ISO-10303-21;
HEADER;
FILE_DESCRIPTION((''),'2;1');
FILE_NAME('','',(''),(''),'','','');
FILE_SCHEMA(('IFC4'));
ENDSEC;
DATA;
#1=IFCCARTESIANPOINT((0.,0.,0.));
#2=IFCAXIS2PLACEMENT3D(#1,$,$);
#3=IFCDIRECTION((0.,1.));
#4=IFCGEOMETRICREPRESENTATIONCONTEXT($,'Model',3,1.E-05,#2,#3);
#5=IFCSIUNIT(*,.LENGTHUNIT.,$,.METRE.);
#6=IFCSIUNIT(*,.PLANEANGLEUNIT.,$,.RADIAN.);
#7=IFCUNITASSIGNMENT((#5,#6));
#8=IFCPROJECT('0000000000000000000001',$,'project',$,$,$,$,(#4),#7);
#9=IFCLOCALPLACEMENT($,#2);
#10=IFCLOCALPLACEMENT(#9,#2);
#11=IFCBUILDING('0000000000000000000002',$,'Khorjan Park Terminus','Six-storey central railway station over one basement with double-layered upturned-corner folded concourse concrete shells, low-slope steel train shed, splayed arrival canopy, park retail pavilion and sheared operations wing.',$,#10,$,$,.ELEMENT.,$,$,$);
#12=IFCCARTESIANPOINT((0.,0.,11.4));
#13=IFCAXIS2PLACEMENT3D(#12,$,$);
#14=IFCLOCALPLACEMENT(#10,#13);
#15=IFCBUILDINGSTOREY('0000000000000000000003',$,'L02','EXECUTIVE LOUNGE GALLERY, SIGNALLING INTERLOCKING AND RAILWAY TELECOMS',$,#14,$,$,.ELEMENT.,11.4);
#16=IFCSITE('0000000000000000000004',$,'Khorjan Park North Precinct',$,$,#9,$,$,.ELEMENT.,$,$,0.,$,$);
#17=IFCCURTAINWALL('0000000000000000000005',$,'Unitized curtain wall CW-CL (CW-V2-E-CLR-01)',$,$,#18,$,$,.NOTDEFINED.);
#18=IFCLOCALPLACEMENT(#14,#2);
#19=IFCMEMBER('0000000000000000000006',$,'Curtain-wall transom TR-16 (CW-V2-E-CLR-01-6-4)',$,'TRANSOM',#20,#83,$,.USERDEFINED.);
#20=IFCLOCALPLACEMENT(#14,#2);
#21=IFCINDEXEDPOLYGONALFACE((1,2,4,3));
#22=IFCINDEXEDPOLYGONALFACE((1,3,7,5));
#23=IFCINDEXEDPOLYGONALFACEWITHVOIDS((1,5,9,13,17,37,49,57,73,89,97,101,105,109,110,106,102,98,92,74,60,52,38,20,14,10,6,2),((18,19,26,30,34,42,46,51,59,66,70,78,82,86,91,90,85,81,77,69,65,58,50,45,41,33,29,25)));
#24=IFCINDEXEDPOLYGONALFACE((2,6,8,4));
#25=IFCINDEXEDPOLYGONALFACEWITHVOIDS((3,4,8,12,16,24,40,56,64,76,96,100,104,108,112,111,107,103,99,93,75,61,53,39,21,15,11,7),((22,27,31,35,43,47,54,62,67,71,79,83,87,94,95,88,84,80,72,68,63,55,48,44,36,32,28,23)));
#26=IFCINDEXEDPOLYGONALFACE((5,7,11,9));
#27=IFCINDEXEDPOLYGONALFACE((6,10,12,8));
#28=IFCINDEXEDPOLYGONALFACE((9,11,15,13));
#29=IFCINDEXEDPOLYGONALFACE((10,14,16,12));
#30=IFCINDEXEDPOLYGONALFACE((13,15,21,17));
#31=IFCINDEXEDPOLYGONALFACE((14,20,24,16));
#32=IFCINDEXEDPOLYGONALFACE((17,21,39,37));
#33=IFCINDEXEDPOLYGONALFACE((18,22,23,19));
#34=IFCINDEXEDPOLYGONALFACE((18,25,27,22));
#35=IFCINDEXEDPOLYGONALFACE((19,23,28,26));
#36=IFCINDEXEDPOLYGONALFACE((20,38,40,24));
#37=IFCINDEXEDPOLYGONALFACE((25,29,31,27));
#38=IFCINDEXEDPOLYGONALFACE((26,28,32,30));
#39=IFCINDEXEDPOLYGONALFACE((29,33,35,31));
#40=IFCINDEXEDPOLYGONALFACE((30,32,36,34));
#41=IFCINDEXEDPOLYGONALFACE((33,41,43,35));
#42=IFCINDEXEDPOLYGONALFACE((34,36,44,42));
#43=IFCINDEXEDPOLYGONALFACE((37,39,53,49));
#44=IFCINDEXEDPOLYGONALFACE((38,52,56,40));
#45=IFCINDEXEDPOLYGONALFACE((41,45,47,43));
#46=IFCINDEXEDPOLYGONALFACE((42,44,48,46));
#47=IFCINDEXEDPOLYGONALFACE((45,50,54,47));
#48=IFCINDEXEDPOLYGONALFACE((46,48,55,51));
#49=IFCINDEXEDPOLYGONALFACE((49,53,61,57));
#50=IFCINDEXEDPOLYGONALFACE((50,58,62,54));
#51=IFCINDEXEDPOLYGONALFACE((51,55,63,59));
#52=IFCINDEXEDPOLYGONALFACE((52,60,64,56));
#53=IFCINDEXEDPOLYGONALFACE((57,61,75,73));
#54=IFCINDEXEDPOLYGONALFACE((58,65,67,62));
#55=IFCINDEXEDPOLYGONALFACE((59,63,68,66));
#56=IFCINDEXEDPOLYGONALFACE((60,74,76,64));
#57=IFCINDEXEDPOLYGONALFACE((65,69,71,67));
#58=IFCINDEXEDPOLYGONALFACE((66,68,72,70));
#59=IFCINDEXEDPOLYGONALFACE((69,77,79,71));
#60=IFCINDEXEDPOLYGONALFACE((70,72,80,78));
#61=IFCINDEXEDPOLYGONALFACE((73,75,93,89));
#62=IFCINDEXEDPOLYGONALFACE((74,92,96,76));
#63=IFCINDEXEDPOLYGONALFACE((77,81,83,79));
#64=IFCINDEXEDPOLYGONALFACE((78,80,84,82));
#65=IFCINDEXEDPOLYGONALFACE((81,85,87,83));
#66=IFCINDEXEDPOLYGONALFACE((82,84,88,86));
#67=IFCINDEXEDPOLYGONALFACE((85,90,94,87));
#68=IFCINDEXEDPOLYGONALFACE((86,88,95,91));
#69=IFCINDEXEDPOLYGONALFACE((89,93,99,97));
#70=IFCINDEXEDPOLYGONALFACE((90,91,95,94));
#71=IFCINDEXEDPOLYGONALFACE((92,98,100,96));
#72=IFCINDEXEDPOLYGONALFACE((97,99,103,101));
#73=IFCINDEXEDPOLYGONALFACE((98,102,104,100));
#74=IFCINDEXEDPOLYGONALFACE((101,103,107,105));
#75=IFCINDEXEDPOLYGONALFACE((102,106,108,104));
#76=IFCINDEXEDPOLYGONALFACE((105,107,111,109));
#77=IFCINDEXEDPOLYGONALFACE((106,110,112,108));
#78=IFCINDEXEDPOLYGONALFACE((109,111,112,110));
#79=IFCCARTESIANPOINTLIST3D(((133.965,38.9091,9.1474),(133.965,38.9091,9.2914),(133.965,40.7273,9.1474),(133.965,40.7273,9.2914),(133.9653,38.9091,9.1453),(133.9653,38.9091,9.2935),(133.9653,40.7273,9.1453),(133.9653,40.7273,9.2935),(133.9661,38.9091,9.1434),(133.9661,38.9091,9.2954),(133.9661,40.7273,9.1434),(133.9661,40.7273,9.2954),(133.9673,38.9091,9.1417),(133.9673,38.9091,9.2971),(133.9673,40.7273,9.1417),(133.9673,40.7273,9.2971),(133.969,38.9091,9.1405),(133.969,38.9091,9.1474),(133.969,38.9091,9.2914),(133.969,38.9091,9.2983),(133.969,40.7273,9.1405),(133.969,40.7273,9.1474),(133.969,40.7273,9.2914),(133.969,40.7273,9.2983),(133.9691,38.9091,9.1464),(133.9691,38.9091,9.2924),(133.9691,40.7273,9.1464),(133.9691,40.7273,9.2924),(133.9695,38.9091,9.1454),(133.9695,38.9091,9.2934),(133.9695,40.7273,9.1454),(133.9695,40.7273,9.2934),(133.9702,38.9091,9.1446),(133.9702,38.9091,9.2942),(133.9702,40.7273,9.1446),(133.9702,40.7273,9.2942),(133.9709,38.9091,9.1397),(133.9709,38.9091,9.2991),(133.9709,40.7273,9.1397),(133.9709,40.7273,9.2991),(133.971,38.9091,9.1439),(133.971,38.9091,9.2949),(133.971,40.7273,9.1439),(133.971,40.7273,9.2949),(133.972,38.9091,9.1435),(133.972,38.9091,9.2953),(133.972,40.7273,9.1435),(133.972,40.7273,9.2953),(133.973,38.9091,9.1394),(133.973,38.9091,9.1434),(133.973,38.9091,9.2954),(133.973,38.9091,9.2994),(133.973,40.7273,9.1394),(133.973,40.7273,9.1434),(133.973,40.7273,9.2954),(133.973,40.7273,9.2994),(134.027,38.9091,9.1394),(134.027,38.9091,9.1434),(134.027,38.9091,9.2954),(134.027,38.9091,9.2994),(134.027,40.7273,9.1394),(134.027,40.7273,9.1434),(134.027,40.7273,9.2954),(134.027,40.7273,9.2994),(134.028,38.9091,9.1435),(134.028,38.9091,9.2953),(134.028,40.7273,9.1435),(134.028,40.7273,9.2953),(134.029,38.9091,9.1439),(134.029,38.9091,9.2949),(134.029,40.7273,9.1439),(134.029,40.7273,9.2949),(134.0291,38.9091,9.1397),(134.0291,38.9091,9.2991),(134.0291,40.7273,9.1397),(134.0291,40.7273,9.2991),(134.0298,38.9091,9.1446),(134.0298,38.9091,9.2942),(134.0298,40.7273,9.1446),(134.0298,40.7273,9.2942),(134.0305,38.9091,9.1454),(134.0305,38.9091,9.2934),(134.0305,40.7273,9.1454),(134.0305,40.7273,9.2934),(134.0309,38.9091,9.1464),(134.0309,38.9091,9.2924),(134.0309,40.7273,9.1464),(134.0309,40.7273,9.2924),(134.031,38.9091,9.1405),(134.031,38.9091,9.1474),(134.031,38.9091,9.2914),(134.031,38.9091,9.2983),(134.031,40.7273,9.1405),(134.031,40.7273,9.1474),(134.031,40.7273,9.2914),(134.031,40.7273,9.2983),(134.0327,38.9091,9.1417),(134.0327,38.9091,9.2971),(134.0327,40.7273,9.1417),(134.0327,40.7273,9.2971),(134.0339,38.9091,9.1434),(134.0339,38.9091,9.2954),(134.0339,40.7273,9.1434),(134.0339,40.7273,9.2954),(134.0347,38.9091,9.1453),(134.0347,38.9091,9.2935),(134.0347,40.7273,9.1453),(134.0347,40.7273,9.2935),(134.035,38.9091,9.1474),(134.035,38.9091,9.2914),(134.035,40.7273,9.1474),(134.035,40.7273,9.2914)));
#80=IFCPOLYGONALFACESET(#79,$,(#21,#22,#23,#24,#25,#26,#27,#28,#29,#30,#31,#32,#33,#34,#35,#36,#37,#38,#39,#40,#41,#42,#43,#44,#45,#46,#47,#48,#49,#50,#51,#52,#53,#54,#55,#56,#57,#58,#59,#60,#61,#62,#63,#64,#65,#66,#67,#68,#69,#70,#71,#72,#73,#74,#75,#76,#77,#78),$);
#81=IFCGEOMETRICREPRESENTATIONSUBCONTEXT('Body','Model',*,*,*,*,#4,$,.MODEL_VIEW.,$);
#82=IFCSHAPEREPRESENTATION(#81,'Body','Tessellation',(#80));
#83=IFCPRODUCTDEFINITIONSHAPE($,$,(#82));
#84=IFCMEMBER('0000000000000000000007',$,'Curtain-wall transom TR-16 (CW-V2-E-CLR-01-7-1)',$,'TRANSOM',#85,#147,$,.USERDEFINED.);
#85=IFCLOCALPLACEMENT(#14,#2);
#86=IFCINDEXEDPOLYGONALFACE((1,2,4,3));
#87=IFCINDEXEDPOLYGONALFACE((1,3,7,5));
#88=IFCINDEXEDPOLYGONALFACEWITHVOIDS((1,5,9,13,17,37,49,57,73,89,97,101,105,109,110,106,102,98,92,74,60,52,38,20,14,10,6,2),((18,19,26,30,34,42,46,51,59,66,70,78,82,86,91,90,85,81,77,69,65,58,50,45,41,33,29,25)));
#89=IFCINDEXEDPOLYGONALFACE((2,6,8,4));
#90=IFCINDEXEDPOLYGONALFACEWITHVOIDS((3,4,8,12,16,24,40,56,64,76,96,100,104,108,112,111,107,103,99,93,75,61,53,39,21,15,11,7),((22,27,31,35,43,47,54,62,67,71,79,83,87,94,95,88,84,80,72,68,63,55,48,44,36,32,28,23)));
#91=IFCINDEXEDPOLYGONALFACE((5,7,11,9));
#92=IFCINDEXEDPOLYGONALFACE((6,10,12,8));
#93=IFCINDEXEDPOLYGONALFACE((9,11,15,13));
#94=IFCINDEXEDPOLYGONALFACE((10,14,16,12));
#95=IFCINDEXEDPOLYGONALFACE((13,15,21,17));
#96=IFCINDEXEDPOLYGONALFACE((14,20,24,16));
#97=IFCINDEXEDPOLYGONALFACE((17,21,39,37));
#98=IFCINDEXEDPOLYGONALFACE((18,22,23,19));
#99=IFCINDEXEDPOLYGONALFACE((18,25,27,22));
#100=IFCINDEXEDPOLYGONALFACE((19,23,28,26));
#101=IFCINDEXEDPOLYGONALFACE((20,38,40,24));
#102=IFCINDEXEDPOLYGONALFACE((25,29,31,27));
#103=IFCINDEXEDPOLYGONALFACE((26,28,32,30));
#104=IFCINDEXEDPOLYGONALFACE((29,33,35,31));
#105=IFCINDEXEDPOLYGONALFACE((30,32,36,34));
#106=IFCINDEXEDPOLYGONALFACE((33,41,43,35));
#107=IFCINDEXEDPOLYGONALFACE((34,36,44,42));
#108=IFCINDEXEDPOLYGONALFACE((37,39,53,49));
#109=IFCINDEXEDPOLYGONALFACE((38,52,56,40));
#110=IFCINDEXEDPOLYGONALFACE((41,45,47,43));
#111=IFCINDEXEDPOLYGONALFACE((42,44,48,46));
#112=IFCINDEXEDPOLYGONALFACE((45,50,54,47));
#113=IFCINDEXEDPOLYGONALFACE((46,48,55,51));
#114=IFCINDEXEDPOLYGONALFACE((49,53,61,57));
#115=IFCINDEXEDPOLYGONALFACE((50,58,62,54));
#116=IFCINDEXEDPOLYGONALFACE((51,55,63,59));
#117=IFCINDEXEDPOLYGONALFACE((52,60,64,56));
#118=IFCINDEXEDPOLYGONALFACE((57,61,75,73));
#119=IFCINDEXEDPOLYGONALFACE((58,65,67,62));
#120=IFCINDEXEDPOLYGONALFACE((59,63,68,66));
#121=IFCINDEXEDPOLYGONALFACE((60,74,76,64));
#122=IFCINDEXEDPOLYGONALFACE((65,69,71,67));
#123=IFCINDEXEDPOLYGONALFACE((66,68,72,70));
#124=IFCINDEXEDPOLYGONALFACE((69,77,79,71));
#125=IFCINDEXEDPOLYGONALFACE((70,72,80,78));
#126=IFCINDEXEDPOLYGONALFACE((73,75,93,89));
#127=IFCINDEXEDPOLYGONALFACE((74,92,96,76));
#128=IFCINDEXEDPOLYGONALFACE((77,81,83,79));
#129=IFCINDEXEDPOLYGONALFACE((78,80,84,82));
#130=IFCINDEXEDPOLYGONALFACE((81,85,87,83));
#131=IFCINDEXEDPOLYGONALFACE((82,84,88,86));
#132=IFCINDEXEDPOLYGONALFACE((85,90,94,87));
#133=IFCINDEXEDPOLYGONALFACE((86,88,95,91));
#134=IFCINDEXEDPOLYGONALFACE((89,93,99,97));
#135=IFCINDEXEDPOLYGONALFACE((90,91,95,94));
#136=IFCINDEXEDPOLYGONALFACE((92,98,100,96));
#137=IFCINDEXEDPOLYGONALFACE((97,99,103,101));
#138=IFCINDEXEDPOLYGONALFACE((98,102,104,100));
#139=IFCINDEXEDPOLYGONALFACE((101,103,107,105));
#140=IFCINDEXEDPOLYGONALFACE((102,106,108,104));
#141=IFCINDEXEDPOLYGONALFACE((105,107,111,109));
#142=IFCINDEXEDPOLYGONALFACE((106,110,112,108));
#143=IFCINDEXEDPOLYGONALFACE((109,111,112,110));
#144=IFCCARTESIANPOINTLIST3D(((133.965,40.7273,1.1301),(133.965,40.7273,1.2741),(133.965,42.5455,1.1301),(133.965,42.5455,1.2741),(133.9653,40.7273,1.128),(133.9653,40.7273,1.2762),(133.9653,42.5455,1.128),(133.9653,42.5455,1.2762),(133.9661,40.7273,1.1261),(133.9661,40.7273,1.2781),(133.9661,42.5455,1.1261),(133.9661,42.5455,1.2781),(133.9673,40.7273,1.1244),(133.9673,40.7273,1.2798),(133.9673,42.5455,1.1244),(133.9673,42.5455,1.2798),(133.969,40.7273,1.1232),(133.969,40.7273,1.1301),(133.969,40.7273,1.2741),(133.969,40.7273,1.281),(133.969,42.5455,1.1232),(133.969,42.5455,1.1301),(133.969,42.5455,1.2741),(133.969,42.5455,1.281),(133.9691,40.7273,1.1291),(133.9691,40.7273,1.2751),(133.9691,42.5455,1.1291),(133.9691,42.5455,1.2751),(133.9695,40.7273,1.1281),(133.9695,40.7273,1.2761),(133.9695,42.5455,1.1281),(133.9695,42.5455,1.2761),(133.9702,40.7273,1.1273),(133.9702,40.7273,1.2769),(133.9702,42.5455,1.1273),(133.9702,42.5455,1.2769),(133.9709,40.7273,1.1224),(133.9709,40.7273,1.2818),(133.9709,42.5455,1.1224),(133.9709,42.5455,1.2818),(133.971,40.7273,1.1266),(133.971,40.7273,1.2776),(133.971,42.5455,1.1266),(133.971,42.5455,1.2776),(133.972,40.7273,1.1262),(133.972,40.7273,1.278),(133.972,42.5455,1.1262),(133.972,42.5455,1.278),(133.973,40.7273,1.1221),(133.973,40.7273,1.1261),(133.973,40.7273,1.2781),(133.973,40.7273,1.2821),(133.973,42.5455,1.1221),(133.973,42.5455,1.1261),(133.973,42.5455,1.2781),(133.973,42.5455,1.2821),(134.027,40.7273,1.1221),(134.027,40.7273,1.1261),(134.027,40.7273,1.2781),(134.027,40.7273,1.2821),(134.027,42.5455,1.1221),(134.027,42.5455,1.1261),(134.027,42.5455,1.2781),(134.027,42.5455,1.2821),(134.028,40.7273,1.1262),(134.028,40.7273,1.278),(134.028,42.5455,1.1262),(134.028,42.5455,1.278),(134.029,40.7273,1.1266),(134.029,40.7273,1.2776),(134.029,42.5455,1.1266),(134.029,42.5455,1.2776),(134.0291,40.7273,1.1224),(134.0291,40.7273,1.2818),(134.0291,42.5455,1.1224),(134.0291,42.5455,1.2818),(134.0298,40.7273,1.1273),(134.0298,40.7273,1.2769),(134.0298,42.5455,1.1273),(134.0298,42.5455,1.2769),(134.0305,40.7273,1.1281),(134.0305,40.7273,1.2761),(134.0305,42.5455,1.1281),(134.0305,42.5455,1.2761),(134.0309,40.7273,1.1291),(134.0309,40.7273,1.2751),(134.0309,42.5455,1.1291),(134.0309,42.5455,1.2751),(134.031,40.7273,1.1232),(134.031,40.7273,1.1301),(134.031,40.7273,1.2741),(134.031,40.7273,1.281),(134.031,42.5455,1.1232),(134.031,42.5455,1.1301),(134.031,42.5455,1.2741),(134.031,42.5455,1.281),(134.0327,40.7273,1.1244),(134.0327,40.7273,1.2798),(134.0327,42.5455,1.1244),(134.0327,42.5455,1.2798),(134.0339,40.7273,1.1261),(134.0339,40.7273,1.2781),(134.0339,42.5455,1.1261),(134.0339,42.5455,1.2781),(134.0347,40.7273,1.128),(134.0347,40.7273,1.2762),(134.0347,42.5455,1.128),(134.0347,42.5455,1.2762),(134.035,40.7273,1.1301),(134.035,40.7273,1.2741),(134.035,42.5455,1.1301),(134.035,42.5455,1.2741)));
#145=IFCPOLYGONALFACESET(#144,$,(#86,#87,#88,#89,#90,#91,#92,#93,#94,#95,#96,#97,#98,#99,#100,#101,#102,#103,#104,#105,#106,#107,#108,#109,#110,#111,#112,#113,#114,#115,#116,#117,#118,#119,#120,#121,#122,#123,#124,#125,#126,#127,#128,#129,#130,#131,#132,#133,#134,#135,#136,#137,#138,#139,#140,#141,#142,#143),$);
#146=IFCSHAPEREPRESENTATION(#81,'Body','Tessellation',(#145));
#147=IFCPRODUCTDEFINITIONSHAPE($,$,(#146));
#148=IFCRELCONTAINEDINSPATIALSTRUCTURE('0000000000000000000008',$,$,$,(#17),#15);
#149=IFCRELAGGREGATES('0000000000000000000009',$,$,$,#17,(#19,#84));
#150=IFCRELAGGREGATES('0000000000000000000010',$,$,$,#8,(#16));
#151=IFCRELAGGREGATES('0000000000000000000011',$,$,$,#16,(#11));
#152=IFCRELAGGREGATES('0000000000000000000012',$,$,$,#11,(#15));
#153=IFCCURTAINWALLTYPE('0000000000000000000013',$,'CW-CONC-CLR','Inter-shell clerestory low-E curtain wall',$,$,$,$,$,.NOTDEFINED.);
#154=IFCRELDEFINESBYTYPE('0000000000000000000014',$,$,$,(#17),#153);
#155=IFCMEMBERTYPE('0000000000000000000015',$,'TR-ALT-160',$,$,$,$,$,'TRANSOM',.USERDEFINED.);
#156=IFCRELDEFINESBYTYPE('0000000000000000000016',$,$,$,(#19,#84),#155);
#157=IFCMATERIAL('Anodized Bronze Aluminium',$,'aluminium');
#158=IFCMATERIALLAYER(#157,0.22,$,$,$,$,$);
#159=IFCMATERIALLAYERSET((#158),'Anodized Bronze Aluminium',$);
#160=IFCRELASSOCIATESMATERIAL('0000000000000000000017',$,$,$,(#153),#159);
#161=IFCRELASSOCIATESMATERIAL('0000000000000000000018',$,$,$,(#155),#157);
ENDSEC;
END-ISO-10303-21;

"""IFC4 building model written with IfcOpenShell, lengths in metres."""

from ifc_helpers import new_model, si_unit, direction, frame, origin, origin_2d, place, context, subcontext, project, spatial, hollow_rectangle, extrude, material, layer, layer_set, material_profile, profile_set, type_object, element, aggregate, save


model = new_model("IFC4")

# Units and contexts
model_context = context("Model", 3, precision=1e-05, world=origin(), true_north=direction((0.0, 1.0)))
body_context = subcontext(model_context, "Body", "Model", "MODEL_VIEW")
ifc_project = project(units=[si_unit("LENGTHUNIT", "METRE"), si_unit("PLANEANGLEUNIT", "RADIAN")], contexts=[model_context])

# Site, building, storey
site_placement = place(None, origin())
site = spatial("IfcSite", under=ifc_project, at=site_placement, Name="Khorjan Park North Precinct", CompositionType="ELEMENT", RefElevation=0.0)
building_placement = place(site_placement, origin())
building = spatial("IfcBuilding", under=site, at=building_placement, Name="Khorjan Park Terminus", Description="Six-storey central railway station over one basement with double-layered upturned-corner folded concourse concrete shells, low-slope steel train shed, splayed arrival canopy, park retail pavilion and sheared operations wing.", CompositionType="ELEMENT")
storey_placement = place(building_placement, frame((0.0, 0.0, 11.4)))
storey = spatial("IfcBuildingStorey", under=building, at=storey_placement, Name="L02", Description="EXECUTIVE LOUNGE GALLERY, SIGNALLING INTERLOCKING AND RAILWAY TELECOMS", CompositionType="ELEMENT", Elevation=11.4)

# Curtain wall, members
ifc_material_1 = material(Name="Anodized Bronze Aluminium", Category="aluminium")
ifc_layer_1 = layer(ifc_material_1, 0.22)
ifc_layer_set_1 = layer_set([ifc_layer_1], Name="Anodized Bronze Aluminium")
curtain_wall_type = type_object("IfcCurtainWallType", Name="CW-CONC-CLR", Description="Inter-shell clerestory low-E curtain wall", PredefinedType="NOTDEFINED", material=ifc_layer_set_1)
curtain_wall_placement = place(storey_placement, origin())
curtain_wall = element("IfcCurtainWall", 1, at=curtain_wall_placement, inside=storey, type_object=curtain_wall_type, Name="Unitized curtain wall CW-CL (CW-V2-E-CLR-01)", PredefinedType="NOTDEFINED")
ifc_material_profile = material_profile(ifc_material_1, hollow_rectangle(XDim=0.07, YDim=0.16, WallThickness=0.004, InnerFilletRadius=0.004, OuterFilletRadius=0.008, at=origin_2d()), Name="ALT 70x160x4")
ifc_profile_set = profile_set([ifc_material_profile], Name="Anodized Bronze Aluminium")
member_type = type_object("IfcMemberType", Name="TR-ALT-160", ElementType="TRANSOM", PredefinedType="USERDEFINED", material=ifc_profile_set)
member_1_placement = place(storey_placement, frame((134.0, 38.9091, 9.2194), z_axis=(0.0, 1.0, 0.0), x_axis=(-1.0, 0.0, 0.0)))
member_1 = element("IfcMember", 2, at=member_1_placement, type_object=member_type, Name="Curtain-wall transom TR-16 (CW-V2-E-CLR-01-6-4)", ObjectType="TRANSOM", PredefinedType="USERDEFINED", context=body_context, shape_type="SweptSolid", body=[
    extrude(hollow_rectangle(XDim=0.07, YDim=0.16, WallThickness=0.004, InnerFilletRadius=0.004, OuterFilletRadius=0.008, at=origin_2d()), origin(), (0.0, 0.0, 1.0), 1.8182),
])
member_2_placement = place(storey_placement, frame((134.0, 40.7273, 1.2021), z_axis=(0.0, 1.0, 0.0), x_axis=(-1.0, 0.0, 0.0)))
member_2 = element("IfcMember", 3, at=member_2_placement, type_object=member_type, Name="Curtain-wall transom TR-16 (CW-V2-E-CLR-01-7-1)", ObjectType="TRANSOM", PredefinedType="USERDEFINED", context=body_context, shape_type="SweptSolid", body=[
    extrude(hollow_rectangle(XDim=0.07, YDim=0.16, WallThickness=0.004, InnerFilletRadius=0.004, OuterFilletRadius=0.008, at=origin_2d()), origin(), (0.0, 0.0, 1.0), 1.8182),
])
aggregate(curtain_wall, [member_1, member_2])

save(model, "model.ifc")
